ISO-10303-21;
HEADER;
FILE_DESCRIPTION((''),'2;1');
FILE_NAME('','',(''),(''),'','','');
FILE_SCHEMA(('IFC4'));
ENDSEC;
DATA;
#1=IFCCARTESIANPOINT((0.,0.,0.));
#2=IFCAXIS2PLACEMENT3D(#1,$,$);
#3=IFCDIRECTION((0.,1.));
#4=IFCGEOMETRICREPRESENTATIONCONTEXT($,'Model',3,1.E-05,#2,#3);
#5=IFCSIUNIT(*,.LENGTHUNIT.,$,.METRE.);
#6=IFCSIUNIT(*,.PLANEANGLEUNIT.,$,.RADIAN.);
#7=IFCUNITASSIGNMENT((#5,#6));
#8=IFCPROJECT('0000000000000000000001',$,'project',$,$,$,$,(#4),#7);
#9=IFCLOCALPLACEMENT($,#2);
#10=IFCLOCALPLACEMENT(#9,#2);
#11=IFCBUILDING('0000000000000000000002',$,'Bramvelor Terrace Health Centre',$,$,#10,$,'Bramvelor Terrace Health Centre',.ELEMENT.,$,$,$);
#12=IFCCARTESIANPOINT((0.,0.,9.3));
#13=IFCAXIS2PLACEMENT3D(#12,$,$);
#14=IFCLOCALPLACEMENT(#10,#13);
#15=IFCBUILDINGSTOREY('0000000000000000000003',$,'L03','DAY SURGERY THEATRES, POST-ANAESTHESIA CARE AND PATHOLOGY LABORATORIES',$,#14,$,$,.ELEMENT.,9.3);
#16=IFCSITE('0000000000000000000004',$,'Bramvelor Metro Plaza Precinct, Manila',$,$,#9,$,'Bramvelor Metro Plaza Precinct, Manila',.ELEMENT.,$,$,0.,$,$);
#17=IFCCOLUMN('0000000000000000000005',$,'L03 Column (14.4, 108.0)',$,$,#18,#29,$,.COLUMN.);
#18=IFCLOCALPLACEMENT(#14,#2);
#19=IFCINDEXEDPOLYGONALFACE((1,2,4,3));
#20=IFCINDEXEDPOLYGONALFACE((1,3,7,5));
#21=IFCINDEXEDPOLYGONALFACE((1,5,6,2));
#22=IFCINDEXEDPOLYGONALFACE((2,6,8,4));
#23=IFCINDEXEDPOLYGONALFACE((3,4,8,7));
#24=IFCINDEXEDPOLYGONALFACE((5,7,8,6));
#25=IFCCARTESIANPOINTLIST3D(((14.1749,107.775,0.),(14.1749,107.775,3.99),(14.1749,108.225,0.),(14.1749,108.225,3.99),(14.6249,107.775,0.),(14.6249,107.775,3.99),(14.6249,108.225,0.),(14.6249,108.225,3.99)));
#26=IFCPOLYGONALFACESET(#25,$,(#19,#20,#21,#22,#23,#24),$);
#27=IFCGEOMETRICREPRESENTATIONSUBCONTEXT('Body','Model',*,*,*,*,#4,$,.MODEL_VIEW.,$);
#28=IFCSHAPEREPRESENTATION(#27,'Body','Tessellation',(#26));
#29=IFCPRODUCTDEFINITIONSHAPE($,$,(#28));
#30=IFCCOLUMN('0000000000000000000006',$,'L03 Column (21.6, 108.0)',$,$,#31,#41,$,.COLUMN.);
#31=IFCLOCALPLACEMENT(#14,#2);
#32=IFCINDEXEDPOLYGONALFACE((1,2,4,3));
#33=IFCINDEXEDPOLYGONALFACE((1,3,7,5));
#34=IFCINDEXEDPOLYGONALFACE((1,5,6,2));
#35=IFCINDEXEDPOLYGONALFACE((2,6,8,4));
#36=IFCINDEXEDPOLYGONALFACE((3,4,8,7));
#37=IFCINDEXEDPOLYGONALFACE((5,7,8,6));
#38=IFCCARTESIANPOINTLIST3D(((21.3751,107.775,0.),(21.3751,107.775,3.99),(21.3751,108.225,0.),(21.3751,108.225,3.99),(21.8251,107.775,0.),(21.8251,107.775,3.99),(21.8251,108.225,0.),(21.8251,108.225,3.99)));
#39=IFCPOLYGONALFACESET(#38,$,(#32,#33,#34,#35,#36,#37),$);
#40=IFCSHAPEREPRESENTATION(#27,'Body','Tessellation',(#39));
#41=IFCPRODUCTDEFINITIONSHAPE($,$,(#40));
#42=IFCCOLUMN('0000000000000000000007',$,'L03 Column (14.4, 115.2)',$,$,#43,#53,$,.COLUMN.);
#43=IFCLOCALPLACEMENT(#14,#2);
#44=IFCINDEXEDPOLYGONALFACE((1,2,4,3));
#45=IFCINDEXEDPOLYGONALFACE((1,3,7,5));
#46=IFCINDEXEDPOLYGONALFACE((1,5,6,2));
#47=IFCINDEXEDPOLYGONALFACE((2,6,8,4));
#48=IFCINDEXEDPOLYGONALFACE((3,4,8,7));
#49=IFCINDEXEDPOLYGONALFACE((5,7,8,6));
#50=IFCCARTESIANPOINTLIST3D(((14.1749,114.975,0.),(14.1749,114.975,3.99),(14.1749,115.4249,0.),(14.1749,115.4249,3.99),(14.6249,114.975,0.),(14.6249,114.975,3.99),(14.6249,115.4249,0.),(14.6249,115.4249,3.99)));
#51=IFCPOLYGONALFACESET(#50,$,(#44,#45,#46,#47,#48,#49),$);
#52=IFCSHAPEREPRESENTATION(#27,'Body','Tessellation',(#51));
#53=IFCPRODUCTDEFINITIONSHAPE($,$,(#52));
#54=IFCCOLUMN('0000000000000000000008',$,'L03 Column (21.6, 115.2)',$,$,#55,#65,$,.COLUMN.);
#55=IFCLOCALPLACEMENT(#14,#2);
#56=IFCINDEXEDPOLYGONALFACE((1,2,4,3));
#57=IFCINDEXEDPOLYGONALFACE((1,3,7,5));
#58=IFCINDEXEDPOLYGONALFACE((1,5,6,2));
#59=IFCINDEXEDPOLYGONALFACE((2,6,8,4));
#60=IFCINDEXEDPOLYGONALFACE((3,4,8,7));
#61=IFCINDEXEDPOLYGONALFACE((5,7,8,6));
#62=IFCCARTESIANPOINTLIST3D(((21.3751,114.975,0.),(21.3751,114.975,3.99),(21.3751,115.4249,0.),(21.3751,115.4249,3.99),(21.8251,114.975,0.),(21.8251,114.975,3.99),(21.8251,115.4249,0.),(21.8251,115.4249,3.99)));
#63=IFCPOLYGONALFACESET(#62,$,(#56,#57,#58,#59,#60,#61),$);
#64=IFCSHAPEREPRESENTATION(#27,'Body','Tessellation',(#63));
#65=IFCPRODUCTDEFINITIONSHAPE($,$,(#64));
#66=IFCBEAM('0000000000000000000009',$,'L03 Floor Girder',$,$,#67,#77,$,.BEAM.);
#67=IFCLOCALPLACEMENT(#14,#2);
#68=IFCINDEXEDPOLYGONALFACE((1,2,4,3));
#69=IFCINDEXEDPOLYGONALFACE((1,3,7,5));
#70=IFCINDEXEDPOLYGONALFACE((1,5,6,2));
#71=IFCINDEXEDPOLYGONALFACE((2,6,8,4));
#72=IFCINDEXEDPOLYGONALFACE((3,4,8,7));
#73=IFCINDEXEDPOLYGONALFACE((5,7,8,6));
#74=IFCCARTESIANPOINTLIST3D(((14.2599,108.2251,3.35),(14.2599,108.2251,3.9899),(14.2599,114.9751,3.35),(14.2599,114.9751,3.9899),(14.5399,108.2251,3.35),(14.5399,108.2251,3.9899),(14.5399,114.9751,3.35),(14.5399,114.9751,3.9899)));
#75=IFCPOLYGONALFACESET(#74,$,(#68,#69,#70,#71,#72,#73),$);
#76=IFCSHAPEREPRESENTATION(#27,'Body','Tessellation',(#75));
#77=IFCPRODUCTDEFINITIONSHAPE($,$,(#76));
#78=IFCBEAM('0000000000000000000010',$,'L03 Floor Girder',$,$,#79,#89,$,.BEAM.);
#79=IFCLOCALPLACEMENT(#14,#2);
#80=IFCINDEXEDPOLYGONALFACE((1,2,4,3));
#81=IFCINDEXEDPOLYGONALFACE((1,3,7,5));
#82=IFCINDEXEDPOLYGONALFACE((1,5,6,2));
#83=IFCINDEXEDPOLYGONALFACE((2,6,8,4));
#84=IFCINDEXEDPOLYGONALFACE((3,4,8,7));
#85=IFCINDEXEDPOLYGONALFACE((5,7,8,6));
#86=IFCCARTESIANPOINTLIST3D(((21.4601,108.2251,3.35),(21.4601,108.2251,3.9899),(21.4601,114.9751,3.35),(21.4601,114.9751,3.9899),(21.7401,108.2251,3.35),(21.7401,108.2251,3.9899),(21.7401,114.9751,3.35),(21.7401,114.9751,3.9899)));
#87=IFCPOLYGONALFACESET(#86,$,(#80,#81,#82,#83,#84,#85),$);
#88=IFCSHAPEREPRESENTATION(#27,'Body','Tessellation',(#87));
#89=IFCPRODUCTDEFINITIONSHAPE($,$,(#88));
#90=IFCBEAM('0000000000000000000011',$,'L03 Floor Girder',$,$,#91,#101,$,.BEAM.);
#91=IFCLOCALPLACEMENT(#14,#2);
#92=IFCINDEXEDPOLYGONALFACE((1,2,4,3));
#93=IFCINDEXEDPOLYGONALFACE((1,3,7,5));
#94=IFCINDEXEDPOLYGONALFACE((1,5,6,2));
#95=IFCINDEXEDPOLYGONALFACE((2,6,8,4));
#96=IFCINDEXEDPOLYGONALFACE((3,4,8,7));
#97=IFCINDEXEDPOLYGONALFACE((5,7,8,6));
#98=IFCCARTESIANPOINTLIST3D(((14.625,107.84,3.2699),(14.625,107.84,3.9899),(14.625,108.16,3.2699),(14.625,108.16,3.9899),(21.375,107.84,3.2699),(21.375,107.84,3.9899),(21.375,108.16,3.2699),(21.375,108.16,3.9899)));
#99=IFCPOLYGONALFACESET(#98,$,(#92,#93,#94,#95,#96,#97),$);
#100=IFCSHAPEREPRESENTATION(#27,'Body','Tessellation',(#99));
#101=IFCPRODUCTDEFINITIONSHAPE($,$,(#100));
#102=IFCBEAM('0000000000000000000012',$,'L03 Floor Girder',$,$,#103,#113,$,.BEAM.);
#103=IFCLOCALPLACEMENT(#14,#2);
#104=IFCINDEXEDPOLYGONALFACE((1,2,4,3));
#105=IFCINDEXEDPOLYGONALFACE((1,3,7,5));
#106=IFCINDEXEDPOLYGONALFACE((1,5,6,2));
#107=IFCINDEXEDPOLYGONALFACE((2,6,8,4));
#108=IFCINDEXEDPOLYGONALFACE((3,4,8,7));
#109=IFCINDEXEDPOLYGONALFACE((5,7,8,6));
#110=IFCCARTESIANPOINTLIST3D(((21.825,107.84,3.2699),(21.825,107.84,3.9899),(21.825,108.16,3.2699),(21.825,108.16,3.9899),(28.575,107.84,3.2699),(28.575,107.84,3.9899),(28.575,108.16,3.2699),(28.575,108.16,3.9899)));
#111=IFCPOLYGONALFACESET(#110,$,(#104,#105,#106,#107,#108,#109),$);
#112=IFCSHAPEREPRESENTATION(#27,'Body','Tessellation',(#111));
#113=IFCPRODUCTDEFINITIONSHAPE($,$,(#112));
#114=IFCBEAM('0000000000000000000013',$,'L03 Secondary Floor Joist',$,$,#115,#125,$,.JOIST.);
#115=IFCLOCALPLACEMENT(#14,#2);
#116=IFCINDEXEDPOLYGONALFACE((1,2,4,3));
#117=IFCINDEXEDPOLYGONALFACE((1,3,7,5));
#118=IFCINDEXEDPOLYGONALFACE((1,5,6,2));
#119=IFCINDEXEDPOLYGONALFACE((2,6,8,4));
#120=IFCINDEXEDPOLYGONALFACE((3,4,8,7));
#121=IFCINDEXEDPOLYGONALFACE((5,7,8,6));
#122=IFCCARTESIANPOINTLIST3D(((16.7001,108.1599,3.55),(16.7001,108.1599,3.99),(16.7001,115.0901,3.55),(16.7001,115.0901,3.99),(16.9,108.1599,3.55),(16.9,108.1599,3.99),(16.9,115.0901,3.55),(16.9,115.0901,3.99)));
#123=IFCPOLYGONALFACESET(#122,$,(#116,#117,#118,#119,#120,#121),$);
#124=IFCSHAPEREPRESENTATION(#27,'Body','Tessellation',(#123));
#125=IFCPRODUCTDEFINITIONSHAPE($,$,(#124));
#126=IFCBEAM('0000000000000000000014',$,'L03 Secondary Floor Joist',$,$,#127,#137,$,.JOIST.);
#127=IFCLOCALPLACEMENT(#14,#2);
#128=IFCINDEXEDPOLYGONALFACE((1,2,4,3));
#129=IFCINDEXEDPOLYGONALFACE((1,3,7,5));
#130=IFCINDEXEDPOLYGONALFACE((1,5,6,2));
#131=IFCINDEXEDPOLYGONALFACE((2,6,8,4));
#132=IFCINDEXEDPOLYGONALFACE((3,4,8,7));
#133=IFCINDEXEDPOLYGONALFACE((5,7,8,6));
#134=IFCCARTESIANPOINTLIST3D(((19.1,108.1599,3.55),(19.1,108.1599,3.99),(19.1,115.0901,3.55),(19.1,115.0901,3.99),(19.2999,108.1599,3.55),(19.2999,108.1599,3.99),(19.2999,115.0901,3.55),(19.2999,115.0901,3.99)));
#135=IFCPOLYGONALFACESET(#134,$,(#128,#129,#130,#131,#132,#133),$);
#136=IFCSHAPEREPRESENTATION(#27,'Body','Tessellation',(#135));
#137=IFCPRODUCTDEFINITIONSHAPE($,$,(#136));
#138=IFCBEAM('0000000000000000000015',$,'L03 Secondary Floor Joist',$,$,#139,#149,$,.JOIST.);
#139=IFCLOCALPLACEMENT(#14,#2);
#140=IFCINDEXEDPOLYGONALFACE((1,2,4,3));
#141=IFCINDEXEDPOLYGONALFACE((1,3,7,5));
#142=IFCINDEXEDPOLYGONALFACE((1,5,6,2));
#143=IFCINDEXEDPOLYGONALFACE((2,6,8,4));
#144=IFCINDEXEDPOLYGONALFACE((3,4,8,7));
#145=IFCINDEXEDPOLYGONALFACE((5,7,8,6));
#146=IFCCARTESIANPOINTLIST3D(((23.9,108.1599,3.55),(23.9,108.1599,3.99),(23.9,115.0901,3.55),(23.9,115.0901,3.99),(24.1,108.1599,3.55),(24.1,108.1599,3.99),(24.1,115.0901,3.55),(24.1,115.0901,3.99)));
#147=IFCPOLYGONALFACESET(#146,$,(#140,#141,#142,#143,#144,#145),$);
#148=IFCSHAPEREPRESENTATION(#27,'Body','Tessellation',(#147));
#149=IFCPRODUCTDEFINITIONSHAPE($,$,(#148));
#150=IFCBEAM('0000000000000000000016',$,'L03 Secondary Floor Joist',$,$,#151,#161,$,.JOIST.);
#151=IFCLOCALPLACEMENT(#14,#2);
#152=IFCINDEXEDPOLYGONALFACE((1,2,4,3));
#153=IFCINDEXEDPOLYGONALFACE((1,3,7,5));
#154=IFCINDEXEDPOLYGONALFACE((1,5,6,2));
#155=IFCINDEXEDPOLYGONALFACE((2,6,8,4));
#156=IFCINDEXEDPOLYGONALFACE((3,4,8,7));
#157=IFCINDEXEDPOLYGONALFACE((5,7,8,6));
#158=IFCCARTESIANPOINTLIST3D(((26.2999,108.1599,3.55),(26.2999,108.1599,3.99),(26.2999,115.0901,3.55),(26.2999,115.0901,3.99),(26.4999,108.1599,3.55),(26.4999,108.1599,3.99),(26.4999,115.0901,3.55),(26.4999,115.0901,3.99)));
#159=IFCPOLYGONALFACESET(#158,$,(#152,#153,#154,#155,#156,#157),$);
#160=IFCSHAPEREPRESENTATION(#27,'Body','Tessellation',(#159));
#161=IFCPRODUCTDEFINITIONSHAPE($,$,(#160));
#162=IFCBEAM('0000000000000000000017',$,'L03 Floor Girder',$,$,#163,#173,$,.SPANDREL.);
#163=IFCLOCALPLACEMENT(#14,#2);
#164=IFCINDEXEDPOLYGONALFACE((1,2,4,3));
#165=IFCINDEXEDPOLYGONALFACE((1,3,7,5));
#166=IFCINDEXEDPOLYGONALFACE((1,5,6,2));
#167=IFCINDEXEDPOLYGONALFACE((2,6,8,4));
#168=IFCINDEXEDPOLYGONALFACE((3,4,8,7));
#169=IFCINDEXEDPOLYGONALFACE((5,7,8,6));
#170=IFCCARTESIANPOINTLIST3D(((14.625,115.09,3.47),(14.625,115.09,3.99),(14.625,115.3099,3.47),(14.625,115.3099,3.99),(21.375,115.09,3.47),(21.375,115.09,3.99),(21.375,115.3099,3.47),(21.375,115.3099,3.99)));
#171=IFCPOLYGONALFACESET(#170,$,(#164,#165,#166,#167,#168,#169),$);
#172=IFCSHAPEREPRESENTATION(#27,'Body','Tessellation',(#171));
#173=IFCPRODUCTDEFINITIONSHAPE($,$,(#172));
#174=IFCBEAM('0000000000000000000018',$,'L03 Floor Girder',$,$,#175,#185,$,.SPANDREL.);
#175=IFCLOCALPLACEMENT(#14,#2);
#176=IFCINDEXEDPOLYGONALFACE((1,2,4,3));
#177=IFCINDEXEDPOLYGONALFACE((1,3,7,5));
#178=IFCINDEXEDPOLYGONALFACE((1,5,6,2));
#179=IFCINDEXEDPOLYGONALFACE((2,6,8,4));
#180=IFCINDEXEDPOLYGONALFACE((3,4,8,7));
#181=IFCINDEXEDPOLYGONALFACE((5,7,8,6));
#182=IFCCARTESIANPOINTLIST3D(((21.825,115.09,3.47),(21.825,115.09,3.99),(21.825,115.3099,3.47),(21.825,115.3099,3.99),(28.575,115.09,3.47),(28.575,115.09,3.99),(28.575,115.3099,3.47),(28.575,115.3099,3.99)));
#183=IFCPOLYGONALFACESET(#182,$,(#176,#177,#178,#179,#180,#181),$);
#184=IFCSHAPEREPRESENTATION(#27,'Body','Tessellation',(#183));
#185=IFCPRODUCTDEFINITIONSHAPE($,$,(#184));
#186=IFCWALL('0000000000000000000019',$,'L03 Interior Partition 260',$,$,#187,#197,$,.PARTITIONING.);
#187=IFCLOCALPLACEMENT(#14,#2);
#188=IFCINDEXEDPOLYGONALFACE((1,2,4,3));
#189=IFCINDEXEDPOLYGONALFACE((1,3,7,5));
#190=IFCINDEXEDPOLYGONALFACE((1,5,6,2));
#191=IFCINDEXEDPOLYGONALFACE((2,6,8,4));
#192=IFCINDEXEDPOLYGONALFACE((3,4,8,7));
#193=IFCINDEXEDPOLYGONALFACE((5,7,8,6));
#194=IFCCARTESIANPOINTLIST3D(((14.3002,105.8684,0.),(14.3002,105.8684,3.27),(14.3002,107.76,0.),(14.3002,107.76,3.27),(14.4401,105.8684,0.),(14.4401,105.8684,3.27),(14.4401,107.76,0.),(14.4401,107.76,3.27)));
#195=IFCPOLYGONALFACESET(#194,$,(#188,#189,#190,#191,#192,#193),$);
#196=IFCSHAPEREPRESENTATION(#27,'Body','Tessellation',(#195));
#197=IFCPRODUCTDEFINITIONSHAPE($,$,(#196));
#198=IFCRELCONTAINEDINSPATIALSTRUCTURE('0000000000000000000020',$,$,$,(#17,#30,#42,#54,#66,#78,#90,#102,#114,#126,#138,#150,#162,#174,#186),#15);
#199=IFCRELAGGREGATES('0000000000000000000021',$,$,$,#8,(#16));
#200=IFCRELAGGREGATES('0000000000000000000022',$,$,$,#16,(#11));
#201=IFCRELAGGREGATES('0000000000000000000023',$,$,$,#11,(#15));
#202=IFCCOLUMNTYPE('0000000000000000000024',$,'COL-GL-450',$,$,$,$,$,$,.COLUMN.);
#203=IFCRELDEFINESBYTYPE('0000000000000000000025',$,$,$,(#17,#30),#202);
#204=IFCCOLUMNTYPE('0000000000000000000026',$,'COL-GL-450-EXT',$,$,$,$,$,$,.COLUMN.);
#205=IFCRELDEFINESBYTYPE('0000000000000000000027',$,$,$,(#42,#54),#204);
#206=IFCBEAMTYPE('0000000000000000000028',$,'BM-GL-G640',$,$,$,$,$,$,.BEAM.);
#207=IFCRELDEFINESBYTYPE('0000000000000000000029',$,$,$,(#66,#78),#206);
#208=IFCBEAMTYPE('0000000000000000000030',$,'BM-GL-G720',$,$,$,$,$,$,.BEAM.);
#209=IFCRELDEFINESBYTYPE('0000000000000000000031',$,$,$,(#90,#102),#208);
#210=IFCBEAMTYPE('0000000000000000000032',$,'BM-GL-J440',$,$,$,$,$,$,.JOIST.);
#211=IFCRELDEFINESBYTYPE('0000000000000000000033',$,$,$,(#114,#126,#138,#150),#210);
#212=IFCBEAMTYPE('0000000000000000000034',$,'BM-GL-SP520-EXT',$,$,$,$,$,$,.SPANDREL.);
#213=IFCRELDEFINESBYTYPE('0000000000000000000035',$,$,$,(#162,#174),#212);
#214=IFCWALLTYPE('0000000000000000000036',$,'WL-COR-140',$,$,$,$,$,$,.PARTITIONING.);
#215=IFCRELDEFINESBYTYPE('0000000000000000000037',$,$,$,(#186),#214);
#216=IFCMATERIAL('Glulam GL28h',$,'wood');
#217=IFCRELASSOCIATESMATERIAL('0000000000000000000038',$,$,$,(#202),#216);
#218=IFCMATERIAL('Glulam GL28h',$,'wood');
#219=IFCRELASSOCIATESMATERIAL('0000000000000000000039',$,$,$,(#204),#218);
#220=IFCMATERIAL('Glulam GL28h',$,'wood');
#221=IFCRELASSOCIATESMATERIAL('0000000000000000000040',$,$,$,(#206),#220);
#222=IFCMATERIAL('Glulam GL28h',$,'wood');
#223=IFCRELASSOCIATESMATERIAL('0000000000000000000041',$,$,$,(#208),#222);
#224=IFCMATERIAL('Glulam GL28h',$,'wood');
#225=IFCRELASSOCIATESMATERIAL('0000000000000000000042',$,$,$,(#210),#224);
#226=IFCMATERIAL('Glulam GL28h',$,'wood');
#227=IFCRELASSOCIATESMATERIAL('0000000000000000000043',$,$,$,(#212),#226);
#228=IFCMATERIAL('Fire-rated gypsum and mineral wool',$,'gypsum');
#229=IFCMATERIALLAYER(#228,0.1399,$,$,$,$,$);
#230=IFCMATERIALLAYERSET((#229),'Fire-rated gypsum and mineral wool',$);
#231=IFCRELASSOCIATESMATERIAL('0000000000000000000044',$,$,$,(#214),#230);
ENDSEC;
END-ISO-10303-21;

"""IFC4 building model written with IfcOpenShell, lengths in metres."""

from ifc_helpers import new_model, si_unit, direction, frame, frame_2d, origin, origin_2d, place, context, subcontext, project, spatial, rectangle, extrude, material, layer, layer_set, material_profile, profile_set, type_object, element, save


model = new_model("IFC4")

# Units and contexts
model_context = context("Model", 3, precision=1e-05, world=origin(), true_north=direction((0.0, 1.0)))
body_context = subcontext(model_context, "Body", "Model", "MODEL_VIEW")
ifc_project = project(units=[si_unit("LENGTHUNIT", "METRE"), si_unit("PLANEANGLEUNIT", "RADIAN")], contexts=[model_context])

# Site, building, storey
site_placement = place(None, origin())
site = spatial("IfcSite", under=ifc_project, at=site_placement, Name="Bramvelor Metro Plaza Precinct, Manila", LongName="Bramvelor Metro Plaza Precinct, Manila", CompositionType="ELEMENT", RefElevation=0.0)
building_placement = place(site_placement, origin())
building = spatial("IfcBuilding", under=site, at=building_placement, Name="Bramvelor Terrace Health Centre", LongName="Bramvelor Terrace Health Centre", CompositionType="ELEMENT")
storey_placement = place(building_placement, frame((0.0, 0.0, 9.3)))
storey = spatial("IfcBuildingStorey", under=building, at=storey_placement, Name="L03", Description="DAY SURGERY THEATRES, POST-ANAESTHESIA CARE AND PATHOLOGY LABORATORIES", CompositionType="ELEMENT", Elevation=9.3)

# Columns
ifc_material_1 = material(Name="Glulam GL28h", Category="wood")
ifc_material_profile_1 = material_profile(ifc_material_1, rectangle(XDim=0.45, YDim=0.45, at=origin_2d()), Name="GL 450x450")
ifc_profile_set_1 = profile_set([ifc_material_profile_1], Name="Glulam GL28h")
column_type_1 = type_object("IfcColumnType", Name="COL-GL-450", PredefinedType="COLUMN", material=ifc_profile_set_1)
for number, where, z_axis, x_axis, name in (
    (1, (14.3999, 108.0, 0.0), (0.0, 0.0, 1.0), (1.0, 0.0, 0.0), "L03 Column (14.4, 108.0)"),
    (2, (21.6001, 108.0, 0.0), (0.0, 0.0, 1.0), (1.0, 0.0, 0.0), "L03 Column (21.6, 108.0)"),
):
    element("IfcColumn", number, at=place(storey_placement, frame(where, z_axis=z_axis, x_axis=x_axis)), inside=storey, type_object=column_type_1, Name=name, PredefinedType="COLUMN", context=body_context, shape_type="SweptSolid", body=[
        extrude(rectangle(XDim=0.45, YDim=0.45, at=origin_2d()), origin(), (0.0, 0.0, 1.0), 3.99),
    ])
ifc_material_2 = material(Name="Glulam GL28h", Category="wood")
ifc_material_profile_2 = material_profile(ifc_material_2, rectangle(XDim=0.45, YDim=0.45, at=origin_2d()), Name="GL 450x450")
ifc_profile_set_2 = profile_set([ifc_material_profile_2], Name="Glulam GL28h")
column_type_2 = type_object("IfcColumnType", Name="COL-GL-450-EXT", PredefinedType="COLUMN", material=ifc_profile_set_2)
for number, where, z_axis, x_axis, name in (
    (3, (14.3999, 115.2, 0.0), (0.0, 0.0, 1.0), (1.0, 0.0, 0.0), "L03 Column (14.4, 115.2)"),
    (4, (21.6001, 115.2, 0.0), (0.0, 0.0, 1.0), (1.0, 0.0, 0.0), "L03 Column (21.6, 115.2)"),
):
    element("IfcColumn", number, at=place(storey_placement, frame(where, z_axis=z_axis, x_axis=x_axis)), inside=storey, type_object=column_type_2, Name=name, PredefinedType="COLUMN", context=body_context, shape_type="SweptSolid", body=[
        extrude(rectangle(XDim=0.45, YDim=0.45, at=origin_2d()), origin(), (0.0, 0.0, 1.0), 3.99),
    ])

# Beams
ifc_material_3 = material(Name="Glulam GL28h", Category="wood")
ifc_material_profile_3 = material_profile(ifc_material_3, rectangle(XDim=0.28, YDim=0.6399, at=origin_2d()), Name="GL 280x640")
ifc_profile_set_3 = profile_set([ifc_material_profile_3], Name="Glulam GL28h")
beam_type_1 = type_object("IfcBeamType", Name="BM-GL-G640", PredefinedType="BEAM", material=ifc_profile_set_3)
for number, where, z_axis, x_axis, name in (
    (5, (14.3999, 108.2251, 3.6699), (0.0, 1.0, 0.0), (-1.0, 0.0, 0.0), "L03 Floor Girder"),
    (6, (21.6001, 108.2251, 3.6699), (0.0, 1.0, 0.0), (-1.0, 0.0, 0.0), "L03 Floor Girder"),
):
    element("IfcBeam", number, at=place(storey_placement, frame(where, z_axis=z_axis, x_axis=x_axis)), inside=storey, type_object=beam_type_1, Name=name, PredefinedType="BEAM", context=body_context, shape_type="SweptSolid", body=[
        extrude(rectangle(XDim=0.28, YDim=0.6399, at=origin_2d()), origin(), (0.0, 0.0, 1.0), 6.75),
    ])
ifc_material_4 = material(Name="Glulam GL28h", Category="wood")
ifc_material_profile_4 = material_profile(ifc_material_4, rectangle(XDim=0.3201, YDim=0.72, at=origin_2d()), Name="GL 320x720")
ifc_profile_set_4 = profile_set([ifc_material_profile_4], Name="Glulam GL28h")
beam_type_2 = type_object("IfcBeamType", Name="BM-GL-G720", PredefinedType="BEAM", material=ifc_profile_set_4)
for number, where, z_axis, x_axis, name in (
    (7, (14.625, 108.0, 3.6299), (1.0, 0.0, 0.0), (0.0, 1.0, 0.0), "L03 Floor Girder"),
    (8, (21.825, 108.0, 3.6299), (1.0, 0.0, 0.0), (0.0, 1.0, 0.0), "L03 Floor Girder"),
):
    element("IfcBeam", number, at=place(storey_placement, frame(where, z_axis=z_axis, x_axis=x_axis)), inside=storey, type_object=beam_type_2, Name=name, PredefinedType="BEAM", context=body_context, shape_type="SweptSolid", body=[
        extrude(rectangle(XDim=0.3201, YDim=0.72, at=origin_2d()), origin(), (0.0, 0.0, 1.0), 6.75),
    ])
ifc_material_5 = material(Name="Glulam GL28h", Category="wood")
ifc_material_profile_5 = material_profile(ifc_material_5, rectangle(XDim=0.2, YDim=0.4399, at=origin_2d()), Name="GL 200x440")
ifc_profile_set_5 = profile_set([ifc_material_profile_5], Name="Glulam GL28h")
beam_type_3 = type_object("IfcBeamType", Name="BM-GL-J440", PredefinedType="JOIST", material=ifc_profile_set_5)
for number, where, z_axis, x_axis, name in (
    (9, (16.8, 108.1599, 3.77), (0.0, 1.0, 0.0), (-1.0, 0.0, 0.0), "L03 Secondary Floor Joist"),
    (10, (19.2, 108.1599, 3.77), (0.0, 1.0, 0.0), (-1.0, 0.0, 0.0), "L03 Secondary Floor Joist"),
    (11, (24.0, 108.1599, 3.77), (0.0, 1.0, 0.0), (-1.0, 0.0, 0.0), "L03 Secondary Floor Joist"),
    (12, (26.3999, 108.1599, 3.77), (0.0, 1.0, 0.0), (-1.0, 0.0, 0.0), "L03 Secondary Floor Joist"),
):
    element("IfcBeam", number, at=place(storey_placement, frame(where, z_axis=z_axis, x_axis=x_axis)), inside=storey, type_object=beam_type_3, Name=name, PredefinedType="JOIST", context=body_context, shape_type="SweptSolid", body=[
        extrude(rectangle(XDim=0.2, YDim=0.4399, at=origin_2d()), origin(), (0.0, 0.0, 1.0), 6.9302),
    ])
ifc_material_6 = material(Name="Glulam GL28h", Category="wood")
ifc_material_profile_6 = material_profile(ifc_material_6, rectangle(XDim=0.22, YDim=0.52, at=origin_2d()), Name="GL 220x520")
ifc_profile_set_6 = profile_set([ifc_material_profile_6], Name="Glulam GL28h")
beam_type_4 = type_object("IfcBeamType", Name="BM-GL-SP520-EXT", PredefinedType="SPANDREL", material=ifc_profile_set_6)
for number, where, z_axis, x_axis, name in (
    (13, (14.625, 115.2, 3.73), (1.0, 0.0, 0.0), (0.0, 1.0, 0.0), "L03 Floor Girder"),
    (14, (21.825, 115.2, 3.73), (1.0, 0.0, 0.0), (0.0, 1.0, 0.0), "L03 Floor Girder"),
):
    element("IfcBeam", number, at=place(storey_placement, frame(where, z_axis=z_axis, x_axis=x_axis)), inside=storey, type_object=beam_type_4, Name=name, PredefinedType="SPANDREL", context=body_context, shape_type="SweptSolid", body=[
        extrude(rectangle(XDim=0.22, YDim=0.52, at=origin_2d()), origin(), (0.0, 0.0, 1.0), 6.75),
    ])

# Wall
ifc_material_7 = material(Name="Fire-rated gypsum and mineral wool", Category="gypsum")
ifc_layer_1 = layer(ifc_material_7, 0.1399)
ifc_layer_set_1 = layer_set([ifc_layer_1], Name="Fire-rated gypsum and mineral wool")
wall_type_1 = type_object("IfcWallType", Name="WL-COR-140", PredefinedType="PARTITIONING", material=ifc_layer_set_1)
wall_1_placement = place(storey_placement, frame((14.3701, 105.8684, 0.0), z_axis=(0.0, 0.0, 1.0), x_axis=(0.0, 1.0, 0.0)))
element("IfcWall", 15, at=wall_1_placement, inside=storey, type_object=wall_type_1, Name="L03 Interior Partition 260", PredefinedType="PARTITIONING", context=body_context, shape_type="SweptSolid", body=[
    extrude(rectangle(XDim=1.8916, YDim=0.1399, at=frame_2d((0.9458, 0.0))), origin(), (0.0, 0.0, 1.0), 3.27),
])

save(model, "model.ifc")
